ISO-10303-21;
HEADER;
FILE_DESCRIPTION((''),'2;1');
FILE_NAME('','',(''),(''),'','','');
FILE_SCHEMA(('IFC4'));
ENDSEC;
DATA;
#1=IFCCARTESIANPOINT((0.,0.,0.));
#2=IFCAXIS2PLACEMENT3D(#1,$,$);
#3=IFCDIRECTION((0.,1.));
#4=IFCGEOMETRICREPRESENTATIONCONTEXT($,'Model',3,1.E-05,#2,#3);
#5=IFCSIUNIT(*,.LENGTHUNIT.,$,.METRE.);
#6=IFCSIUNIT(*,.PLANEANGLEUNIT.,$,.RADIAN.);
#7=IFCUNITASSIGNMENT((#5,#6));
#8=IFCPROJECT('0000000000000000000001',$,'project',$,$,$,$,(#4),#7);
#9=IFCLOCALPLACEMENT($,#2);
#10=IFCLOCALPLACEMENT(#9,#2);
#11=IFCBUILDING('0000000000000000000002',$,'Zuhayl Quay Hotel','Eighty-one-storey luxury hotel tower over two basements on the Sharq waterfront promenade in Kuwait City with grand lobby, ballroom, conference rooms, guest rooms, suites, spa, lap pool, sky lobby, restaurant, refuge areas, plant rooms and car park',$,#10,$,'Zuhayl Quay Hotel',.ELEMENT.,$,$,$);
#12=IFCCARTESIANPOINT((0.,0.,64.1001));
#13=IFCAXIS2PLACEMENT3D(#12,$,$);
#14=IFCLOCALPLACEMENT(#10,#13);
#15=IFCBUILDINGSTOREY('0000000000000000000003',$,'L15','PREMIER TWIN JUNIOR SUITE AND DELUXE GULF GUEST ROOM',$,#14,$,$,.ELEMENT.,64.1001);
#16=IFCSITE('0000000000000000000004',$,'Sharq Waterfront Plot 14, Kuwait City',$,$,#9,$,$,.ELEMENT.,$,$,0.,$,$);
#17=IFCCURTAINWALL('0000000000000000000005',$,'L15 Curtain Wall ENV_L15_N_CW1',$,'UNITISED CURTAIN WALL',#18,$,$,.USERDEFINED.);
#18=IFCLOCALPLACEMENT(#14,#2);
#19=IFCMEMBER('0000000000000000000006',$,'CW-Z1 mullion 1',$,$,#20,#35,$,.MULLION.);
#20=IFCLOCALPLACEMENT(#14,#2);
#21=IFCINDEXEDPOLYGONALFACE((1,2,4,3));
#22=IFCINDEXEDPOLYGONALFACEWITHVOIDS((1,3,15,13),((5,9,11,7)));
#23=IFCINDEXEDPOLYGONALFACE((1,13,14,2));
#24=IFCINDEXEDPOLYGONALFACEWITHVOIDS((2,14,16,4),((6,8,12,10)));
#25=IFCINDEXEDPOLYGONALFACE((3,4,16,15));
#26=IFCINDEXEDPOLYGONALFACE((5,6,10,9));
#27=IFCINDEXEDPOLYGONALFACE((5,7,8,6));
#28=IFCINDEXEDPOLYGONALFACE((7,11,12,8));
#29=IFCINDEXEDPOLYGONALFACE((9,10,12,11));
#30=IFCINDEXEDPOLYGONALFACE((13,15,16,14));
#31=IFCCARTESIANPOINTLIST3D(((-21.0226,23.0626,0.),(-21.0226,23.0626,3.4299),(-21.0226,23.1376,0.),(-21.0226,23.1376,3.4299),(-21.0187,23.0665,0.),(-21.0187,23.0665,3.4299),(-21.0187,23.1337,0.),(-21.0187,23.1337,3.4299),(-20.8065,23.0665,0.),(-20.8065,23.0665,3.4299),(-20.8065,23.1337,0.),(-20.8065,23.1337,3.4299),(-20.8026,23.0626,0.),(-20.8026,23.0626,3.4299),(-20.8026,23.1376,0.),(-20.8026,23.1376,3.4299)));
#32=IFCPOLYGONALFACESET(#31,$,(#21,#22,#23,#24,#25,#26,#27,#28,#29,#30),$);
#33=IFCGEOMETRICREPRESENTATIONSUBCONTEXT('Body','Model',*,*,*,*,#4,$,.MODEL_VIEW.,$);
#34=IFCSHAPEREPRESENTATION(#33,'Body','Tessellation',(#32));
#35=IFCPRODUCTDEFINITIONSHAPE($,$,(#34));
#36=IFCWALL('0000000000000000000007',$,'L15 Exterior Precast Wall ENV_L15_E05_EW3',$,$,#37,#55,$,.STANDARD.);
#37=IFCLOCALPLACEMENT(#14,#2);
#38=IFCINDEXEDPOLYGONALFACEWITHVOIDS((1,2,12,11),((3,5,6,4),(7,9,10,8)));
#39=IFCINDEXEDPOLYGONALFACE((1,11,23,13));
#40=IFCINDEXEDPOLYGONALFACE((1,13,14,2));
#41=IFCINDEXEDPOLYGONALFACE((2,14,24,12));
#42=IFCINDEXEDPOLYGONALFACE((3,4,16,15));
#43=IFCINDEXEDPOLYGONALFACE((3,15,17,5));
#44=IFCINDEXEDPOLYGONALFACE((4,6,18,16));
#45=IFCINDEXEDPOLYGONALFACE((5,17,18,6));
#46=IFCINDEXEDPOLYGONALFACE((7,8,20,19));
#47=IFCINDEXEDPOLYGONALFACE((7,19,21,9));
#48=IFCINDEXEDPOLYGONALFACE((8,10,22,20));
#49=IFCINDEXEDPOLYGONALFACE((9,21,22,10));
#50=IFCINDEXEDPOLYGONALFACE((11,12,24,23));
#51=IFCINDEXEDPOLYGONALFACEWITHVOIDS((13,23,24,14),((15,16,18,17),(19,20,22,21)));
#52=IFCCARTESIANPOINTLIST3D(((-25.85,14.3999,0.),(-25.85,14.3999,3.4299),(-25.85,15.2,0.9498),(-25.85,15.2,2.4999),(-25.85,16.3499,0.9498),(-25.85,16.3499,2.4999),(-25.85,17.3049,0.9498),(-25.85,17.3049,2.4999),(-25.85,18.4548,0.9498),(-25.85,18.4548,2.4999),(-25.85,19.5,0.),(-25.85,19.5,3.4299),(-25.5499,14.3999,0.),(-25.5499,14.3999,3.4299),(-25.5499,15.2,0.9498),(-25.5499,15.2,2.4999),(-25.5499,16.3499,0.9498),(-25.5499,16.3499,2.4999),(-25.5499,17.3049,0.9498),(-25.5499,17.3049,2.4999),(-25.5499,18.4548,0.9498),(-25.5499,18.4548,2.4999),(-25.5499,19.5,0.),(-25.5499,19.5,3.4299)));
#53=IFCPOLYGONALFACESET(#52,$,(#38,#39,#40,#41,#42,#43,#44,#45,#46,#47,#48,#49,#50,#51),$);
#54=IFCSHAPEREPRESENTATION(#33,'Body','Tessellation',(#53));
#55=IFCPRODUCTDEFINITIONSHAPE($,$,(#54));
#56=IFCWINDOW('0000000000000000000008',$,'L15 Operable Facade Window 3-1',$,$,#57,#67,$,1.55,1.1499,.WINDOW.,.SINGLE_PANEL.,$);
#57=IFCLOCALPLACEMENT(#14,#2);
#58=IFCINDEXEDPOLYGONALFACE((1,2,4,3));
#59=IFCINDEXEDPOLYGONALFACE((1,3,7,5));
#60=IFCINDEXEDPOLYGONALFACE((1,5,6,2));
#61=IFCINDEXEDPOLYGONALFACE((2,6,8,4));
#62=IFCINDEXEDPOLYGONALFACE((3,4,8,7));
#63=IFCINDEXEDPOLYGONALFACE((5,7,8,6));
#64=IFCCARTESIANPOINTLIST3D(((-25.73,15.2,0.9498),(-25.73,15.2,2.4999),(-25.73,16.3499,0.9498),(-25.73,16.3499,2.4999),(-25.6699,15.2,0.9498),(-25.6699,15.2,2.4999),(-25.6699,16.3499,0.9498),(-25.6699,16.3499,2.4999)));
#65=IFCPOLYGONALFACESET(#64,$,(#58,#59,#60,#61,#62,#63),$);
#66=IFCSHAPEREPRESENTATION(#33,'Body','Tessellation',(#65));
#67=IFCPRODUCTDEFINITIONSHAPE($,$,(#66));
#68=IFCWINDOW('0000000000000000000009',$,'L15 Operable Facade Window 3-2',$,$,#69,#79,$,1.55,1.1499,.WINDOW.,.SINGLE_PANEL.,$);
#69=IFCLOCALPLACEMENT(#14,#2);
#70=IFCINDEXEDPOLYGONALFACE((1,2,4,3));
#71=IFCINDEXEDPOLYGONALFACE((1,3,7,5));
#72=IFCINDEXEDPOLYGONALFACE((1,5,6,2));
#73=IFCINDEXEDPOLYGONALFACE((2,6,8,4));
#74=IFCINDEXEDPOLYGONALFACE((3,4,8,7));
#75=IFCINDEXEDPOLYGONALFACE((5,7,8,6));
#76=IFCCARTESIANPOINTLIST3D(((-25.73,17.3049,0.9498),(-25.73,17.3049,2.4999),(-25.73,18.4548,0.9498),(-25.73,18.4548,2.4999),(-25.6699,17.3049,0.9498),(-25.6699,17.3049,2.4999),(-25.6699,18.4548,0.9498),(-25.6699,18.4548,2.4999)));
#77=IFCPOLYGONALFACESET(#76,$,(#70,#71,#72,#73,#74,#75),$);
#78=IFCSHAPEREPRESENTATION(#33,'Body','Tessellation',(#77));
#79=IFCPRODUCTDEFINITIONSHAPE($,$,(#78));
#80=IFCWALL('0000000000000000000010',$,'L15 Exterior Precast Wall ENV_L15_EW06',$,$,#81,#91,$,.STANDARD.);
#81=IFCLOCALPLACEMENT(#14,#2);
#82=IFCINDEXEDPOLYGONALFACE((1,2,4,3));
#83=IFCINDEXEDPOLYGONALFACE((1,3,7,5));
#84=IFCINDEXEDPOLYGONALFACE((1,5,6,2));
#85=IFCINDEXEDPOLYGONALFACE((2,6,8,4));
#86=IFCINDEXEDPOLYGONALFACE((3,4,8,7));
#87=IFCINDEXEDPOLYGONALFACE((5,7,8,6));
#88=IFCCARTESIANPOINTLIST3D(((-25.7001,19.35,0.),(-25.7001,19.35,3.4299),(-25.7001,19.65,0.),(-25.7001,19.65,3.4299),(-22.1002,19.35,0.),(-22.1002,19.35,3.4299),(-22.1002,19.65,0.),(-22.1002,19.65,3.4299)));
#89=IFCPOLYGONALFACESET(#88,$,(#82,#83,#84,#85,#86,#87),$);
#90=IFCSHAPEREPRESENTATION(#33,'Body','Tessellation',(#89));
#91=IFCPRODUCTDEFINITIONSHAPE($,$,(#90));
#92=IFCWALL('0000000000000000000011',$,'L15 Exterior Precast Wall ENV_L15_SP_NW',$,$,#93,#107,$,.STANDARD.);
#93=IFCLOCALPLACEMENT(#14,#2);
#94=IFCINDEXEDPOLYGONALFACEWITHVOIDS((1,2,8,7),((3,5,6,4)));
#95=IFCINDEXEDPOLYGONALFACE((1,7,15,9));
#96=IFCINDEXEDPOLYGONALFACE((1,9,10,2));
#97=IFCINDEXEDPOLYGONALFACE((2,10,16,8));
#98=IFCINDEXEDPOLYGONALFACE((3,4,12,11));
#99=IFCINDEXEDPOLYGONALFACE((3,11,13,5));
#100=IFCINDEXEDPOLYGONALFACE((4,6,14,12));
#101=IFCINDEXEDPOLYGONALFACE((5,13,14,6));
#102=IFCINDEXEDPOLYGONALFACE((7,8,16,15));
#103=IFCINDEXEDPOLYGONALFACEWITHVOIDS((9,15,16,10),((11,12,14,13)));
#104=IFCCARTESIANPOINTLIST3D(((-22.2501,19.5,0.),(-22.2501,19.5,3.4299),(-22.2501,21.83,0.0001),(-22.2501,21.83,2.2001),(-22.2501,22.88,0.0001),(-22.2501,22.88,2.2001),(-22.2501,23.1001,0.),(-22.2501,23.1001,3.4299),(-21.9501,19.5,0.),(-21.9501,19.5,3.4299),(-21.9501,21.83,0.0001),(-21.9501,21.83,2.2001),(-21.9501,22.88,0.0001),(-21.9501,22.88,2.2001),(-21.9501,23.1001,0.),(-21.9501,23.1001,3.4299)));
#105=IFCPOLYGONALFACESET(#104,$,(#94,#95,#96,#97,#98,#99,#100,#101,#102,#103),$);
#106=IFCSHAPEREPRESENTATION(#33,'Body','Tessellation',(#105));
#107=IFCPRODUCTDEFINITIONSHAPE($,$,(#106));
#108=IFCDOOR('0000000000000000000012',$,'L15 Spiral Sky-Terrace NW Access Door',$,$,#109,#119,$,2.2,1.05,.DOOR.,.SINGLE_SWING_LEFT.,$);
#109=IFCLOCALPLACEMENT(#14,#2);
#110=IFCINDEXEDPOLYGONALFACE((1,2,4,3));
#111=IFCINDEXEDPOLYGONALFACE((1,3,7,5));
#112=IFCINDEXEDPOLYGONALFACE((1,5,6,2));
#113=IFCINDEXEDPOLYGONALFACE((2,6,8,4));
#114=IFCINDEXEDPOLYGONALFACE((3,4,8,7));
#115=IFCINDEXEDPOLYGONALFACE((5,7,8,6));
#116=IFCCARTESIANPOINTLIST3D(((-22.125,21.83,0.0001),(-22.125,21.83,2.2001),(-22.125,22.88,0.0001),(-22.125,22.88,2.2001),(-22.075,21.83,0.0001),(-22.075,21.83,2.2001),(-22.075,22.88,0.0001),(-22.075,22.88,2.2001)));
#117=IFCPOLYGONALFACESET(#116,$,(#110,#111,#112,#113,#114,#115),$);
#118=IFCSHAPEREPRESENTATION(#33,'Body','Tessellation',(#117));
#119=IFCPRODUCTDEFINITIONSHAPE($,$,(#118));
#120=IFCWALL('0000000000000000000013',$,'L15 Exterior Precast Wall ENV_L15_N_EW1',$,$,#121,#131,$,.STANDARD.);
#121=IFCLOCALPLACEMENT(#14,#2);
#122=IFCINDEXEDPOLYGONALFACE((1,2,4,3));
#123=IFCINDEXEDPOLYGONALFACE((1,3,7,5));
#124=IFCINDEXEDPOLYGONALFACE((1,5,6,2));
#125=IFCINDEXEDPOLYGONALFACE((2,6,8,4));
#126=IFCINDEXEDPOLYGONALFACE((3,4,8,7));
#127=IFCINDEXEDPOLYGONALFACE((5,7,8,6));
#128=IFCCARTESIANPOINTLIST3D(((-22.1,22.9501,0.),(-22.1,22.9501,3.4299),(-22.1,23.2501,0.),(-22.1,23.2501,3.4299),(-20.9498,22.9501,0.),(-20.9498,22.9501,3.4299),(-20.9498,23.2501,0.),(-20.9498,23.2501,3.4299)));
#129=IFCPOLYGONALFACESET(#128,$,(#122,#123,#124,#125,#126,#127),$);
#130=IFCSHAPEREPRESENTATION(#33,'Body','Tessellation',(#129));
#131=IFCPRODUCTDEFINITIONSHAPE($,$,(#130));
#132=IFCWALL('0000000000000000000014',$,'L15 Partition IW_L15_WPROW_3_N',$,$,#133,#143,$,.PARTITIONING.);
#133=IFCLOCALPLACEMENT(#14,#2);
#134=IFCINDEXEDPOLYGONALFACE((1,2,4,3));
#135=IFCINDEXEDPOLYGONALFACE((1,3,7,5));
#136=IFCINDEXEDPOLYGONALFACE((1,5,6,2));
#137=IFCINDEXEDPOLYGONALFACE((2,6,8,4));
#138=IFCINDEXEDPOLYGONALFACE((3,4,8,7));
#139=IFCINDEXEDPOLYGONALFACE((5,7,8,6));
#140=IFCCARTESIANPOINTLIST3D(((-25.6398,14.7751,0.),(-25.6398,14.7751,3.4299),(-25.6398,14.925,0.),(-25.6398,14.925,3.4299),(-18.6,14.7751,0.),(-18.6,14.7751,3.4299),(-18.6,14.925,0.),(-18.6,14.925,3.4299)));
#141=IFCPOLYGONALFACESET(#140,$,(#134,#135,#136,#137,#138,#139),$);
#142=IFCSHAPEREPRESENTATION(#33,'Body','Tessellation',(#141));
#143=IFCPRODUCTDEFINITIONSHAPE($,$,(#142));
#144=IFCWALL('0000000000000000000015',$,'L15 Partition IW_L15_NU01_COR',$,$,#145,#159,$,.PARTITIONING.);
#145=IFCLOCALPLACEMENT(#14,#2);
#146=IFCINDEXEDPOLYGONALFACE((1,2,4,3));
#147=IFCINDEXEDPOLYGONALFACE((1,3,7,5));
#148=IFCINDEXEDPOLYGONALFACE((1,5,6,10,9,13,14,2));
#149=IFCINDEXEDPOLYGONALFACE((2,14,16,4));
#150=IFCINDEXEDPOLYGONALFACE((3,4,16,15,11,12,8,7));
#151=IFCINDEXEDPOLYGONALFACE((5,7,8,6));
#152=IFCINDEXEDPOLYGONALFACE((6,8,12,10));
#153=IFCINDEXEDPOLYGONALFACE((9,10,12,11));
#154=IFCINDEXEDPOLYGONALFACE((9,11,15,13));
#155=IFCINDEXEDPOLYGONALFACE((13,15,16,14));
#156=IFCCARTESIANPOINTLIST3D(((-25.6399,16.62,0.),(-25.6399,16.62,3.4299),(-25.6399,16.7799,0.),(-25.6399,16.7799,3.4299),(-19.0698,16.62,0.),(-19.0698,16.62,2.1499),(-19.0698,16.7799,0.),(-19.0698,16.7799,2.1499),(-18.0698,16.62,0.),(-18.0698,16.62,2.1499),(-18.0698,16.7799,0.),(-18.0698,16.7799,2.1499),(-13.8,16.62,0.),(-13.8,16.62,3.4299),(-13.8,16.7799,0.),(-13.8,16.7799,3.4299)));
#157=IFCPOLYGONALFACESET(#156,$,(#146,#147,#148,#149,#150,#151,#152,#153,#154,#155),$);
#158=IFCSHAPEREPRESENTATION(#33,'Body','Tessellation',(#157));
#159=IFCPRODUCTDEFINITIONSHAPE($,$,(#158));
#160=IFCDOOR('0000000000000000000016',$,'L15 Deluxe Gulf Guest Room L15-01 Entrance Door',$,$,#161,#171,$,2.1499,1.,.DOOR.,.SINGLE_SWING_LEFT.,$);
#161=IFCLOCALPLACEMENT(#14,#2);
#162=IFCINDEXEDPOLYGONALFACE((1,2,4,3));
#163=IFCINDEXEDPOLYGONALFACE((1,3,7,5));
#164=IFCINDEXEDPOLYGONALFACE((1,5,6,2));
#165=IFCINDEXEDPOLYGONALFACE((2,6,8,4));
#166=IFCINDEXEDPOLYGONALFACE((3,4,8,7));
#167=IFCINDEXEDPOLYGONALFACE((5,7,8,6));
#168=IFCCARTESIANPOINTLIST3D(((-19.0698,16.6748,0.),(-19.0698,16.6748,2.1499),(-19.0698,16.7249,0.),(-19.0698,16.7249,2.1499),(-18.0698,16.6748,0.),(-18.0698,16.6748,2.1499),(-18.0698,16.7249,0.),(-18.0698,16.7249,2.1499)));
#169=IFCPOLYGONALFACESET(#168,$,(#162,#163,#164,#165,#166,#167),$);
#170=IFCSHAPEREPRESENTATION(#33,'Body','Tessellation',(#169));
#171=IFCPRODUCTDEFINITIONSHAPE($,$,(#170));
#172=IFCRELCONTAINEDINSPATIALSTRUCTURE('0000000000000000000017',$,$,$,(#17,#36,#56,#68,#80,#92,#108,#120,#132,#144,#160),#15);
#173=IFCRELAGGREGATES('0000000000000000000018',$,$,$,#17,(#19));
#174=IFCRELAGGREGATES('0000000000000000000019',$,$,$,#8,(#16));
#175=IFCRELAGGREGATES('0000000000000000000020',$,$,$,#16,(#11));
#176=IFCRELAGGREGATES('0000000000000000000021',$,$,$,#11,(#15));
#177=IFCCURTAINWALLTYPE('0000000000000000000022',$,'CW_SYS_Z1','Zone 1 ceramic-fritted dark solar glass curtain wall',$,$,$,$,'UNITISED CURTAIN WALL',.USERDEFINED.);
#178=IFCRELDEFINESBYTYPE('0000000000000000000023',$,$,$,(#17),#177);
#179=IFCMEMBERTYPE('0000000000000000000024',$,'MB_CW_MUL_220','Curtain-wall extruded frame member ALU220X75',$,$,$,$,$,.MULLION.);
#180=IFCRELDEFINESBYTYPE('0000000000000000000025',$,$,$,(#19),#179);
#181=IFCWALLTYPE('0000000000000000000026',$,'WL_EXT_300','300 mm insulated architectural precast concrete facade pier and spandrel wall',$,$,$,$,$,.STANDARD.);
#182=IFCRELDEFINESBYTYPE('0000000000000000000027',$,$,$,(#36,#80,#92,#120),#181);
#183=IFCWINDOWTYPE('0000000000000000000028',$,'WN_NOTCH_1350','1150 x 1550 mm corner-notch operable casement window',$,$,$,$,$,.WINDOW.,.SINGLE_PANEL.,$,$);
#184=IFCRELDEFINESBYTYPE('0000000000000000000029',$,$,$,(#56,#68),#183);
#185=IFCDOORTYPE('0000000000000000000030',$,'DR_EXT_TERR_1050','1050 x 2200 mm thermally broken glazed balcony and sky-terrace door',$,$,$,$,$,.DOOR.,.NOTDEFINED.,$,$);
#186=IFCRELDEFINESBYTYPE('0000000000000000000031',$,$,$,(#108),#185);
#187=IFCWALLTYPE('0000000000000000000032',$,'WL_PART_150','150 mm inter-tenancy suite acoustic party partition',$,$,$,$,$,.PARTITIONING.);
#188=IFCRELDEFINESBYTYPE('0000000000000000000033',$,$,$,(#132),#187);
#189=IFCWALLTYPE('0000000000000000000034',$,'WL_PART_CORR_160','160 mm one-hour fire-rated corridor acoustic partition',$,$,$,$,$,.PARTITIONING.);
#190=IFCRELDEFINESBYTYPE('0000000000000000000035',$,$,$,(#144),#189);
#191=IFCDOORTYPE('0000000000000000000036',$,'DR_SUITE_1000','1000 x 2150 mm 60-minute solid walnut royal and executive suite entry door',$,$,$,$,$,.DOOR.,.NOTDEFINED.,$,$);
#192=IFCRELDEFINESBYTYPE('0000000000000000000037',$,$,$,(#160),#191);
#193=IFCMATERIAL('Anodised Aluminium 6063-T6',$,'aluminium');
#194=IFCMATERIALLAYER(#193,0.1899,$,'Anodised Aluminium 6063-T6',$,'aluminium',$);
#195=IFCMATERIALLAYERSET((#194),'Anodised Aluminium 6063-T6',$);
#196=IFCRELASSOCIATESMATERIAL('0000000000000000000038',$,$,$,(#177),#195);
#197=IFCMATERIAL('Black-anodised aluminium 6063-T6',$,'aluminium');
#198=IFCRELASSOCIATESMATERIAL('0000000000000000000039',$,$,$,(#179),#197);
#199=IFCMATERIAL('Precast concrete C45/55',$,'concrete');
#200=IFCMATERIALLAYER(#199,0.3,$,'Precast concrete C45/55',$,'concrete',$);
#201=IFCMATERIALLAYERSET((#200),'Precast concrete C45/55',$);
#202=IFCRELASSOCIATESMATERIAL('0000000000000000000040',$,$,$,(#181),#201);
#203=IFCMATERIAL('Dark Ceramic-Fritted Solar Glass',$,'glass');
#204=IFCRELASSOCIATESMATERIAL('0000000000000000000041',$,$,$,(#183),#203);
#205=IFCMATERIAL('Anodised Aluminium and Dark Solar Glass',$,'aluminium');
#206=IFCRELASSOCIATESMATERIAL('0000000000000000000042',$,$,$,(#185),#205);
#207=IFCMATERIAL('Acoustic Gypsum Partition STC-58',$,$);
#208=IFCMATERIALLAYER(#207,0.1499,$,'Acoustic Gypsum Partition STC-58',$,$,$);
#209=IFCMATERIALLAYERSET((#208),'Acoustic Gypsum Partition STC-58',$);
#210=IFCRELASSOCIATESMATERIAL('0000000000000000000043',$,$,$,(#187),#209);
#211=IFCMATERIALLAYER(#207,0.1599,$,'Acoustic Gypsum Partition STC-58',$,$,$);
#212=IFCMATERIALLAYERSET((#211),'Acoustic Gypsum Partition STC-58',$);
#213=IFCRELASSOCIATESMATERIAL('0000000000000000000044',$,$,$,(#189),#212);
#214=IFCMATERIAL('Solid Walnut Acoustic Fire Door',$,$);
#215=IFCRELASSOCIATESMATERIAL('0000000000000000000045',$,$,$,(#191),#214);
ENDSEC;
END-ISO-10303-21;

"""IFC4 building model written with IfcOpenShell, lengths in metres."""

from ifc_helpers import new_model, si_unit, direction, frame, frame_2d, origin, origin_2d, place, context, subcontext, project, spatial, rectangle, hollow_rectangle, extrude, material, layer, layer_set, material_profile, profile_set, type_object, element, fill, aggregate, save


model = new_model("IFC4")

# Units and contexts
model_context = context("Model", 3, precision=1e-05, world=origin(), true_north=direction((0.0, 1.0)))
body_context = subcontext(model_context, "Body", "Model", "MODEL_VIEW")
ifc_project = project(units=[si_unit("LENGTHUNIT", "METRE"), si_unit("PLANEANGLEUNIT", "RADIAN")], contexts=[model_context])

# Site, building, storey
site_placement = place(None, origin())
site = spatial("IfcSite", under=ifc_project, at=site_placement, Name="Sharq Waterfront Plot 14, Kuwait City", CompositionType="ELEMENT", RefElevation=0.0)
building_placement = place(site_placement, origin())
building = spatial("IfcBuilding", under=site, at=building_placement, Name="Zuhayl Quay Hotel", Description="Eighty-one-storey luxury hotel tower over two basements on the Sharq waterfront promenade in Kuwait City with grand lobby, ballroom, conference rooms, guest rooms, suites, spa, lap pool, sky lobby, restaurant, refuge areas, plant rooms and car park", LongName="Zuhayl Quay Hotel", CompositionType="ELEMENT")
storey_placement = place(building_placement, frame((0.0, 0.0, 64.1001)))
storey = spatial("IfcBuildingStorey", under=building, at=storey_placement, Name="L15", Description="PREMIER TWIN JUNIOR SUITE AND DELUXE GULF GUEST ROOM", CompositionType="ELEMENT", Elevation=64.1001)

# Curtain wall, member
ifc_material_1 = material(Name="Anodised Aluminium 6063-T6", Category="aluminium")
ifc_layer_1 = layer(ifc_material_1, 0.1899, Name="Anodised Aluminium 6063-T6", Category="aluminium")
ifc_layer_set_1 = layer_set([ifc_layer_1], Name="Anodised Aluminium 6063-T6")
curtain_wall_type = type_object("IfcCurtainWallType", Name="CW_SYS_Z1", Description="Zone 1 ceramic-fritted dark solar glass curtain wall", ElementType="UNITISED CURTAIN WALL", PredefinedType="USERDEFINED", material=ifc_layer_set_1)
curtain_wall_placement = place(storey_placement, origin())
curtain_wall = element("IfcCurtainWall", 1, at=curtain_wall_placement, inside=storey, type_object=curtain_wall_type, Name="L15 Curtain Wall ENV_L15_N_CW1", ObjectType="UNITISED CURTAIN WALL", PredefinedType="USERDEFINED")
ifc_material_2 = material(Name="Black-anodised aluminium 6063-T6", Category="aluminium")
ifc_material_profile = material_profile(ifc_material_2, hollow_rectangle(XDim=0.075, YDim=0.22, WallThickness=0.0039, at=origin_2d()), Name="ALU220X75")
ifc_profile_set = profile_set([ifc_material_profile], Name="Black-anodised aluminium 6063-T6")
member_type = type_object("IfcMemberType", Name="MB_CW_MUL_220", Description="Curtain-wall extruded frame member ALU220X75", PredefinedType="MULLION", material=ifc_profile_set)
member_placement = place(storey_placement, frame((-20.9126, 23.1001, 0.0), z_axis=(0.0, 0.0, 1.0), x_axis=(0.0, 1.0, 0.0)))
member = element("IfcMember", 2, at=member_placement, type_object=member_type, Name="CW-Z1 mullion 1", PredefinedType="MULLION", context=body_context, shape_type="SweptSolid", body=[
    extrude(hollow_rectangle(XDim=0.075, YDim=0.22, WallThickness=0.0039, at=origin_2d()), origin(), (0.0, 0.0, 1.0), 3.4299),
])
aggregate(curtain_wall, [member])

# Wall, openings, windows
ifc_material_3 = material(Name="Precast concrete C45/55", Category="concrete")
ifc_layer_2 = layer(ifc_material_3, 0.3, Name="Precast concrete C45/55", Category="concrete")
ifc_layer_set_2 = layer_set([ifc_layer_2], Name="Precast concrete C45/55")
wall_type_1 = type_object("IfcWallType", Name="WL_EXT_300", Description="300 mm insulated architectural precast concrete facade pier and spandrel wall", PredefinedType="STANDARD", material=ifc_layer_set_2)
wall_1_placement = place(storey_placement, frame((-25.7, 14.3999, 0.0), z_axis=(0.0, 0.0, 1.0), x_axis=(0.0, 1.0, 0.0)))
wall_1 = element("IfcWall", 3, at=wall_1_placement, inside=storey, type_object=wall_type_1, Name="L15 Exterior Precast Wall ENV_L15_E05_EW3", PredefinedType="STANDARD", context=body_context, shape_type="SweptSolid", body=[
    extrude(rectangle(XDim=5.1001, YDim=0.3, at=frame_2d((2.55, 0.0))), origin(), (0.0, 0.0, 1.0), 3.4299),
])
opening_1_placement = place(wall_1_placement, frame((0.8, 0.0, 0.95)))
opening_1 = element("IfcOpeningElement", 4, at=opening_1_placement, cuts=wall_1, PredefinedType="OPENING", context=body_context, shape_type="SweptSolid", body=[
    extrude(rectangle(XDim=1.1499, YDim=1.55, at=frame_2d((0.575, 0.7749))), frame((0.0, 0.1599, 0.0), z_axis=(0.0, -1.0, 0.0), x_axis=(1.0, 0.0, 0.0)), (0.0, 0.0, 1.0), 0.3201),
])
opening_2_placement = place(wall_1_placement, frame((2.905, 0.0, 0.95)))
opening_2 = element("IfcOpeningElement", 5, at=opening_2_placement, cuts=wall_1, PredefinedType="OPENING", context=body_context, shape_type="SweptSolid", body=[
    extrude(rectangle(XDim=1.1499, YDim=1.55, at=frame_2d((0.575, 0.7749))), frame((0.0, 0.1599, 0.0), z_axis=(0.0, -1.0, 0.0), x_axis=(1.0, 0.0, 0.0)), (0.0, 0.0, 1.0), 0.3201),
])
ifc_material_4 = material(Name="Dark Ceramic-Fritted Solar Glass", Category="glass")
window_type = type_object("IfcWindowType", Name="WN_NOTCH_1350", Description="1150 x 1550 mm corner-notch operable casement window", PartitioningType="SINGLE_PANEL", PredefinedType="WINDOW", material=ifc_material_4)
window_1_placement = place(opening_1_placement, origin())
window_1 = element("IfcWindow", 6, at=window_1_placement, inside=storey, type_object=window_type, Name="L15 Operable Facade Window 3-1", OverallHeight=1.55, OverallWidth=1.1499, PartitioningType="SINGLE_PANEL", PredefinedType="WINDOW", context=body_context, shape_type="SweptSolid", body=[
    extrude(rectangle(XDim=1.1499, YDim=1.55, at=frame_2d((0.575, 0.7749))), frame((0.0, 0.03, 0.0), z_axis=(0.0, -1.0, 0.0), x_axis=(1.0, 0.0, 0.0)), (0.0, 0.0, 1.0), 0.0601),
])
fill(opening_1, window_1)
window_2_placement = place(opening_2_placement, origin())
window_2 = element("IfcWindow", 7, at=window_2_placement, inside=storey, type_object=window_type, Name="L15 Operable Facade Window 3-2", OverallHeight=1.55, OverallWidth=1.1499, PartitioningType="SINGLE_PANEL", PredefinedType="WINDOW", context=body_context, shape_type="SweptSolid", body=[
    extrude(rectangle(XDim=1.1499, YDim=1.55, at=frame_2d((0.575, 0.7749))), frame((0.0, 0.03, 0.0), z_axis=(0.0, -1.0, 0.0), x_axis=(1.0, 0.0, 0.0)), (0.0, 0.0, 1.0), 0.0601),
])
fill(opening_2, window_2)

# Wall
wall_2_placement = place(storey_placement, frame((-25.7, 19.5, 0.0), z_axis=(0.0, 0.0, 1.0), x_axis=(1.0, 0.0, 0.0)))
element("IfcWall", 8, at=wall_2_placement, inside=storey, type_object=wall_type_1, Name="L15 Exterior Precast Wall ENV_L15_EW06", PredefinedType="STANDARD", context=body_context, shape_type="SweptSolid", body=[
    extrude(rectangle(XDim=3.5999, YDim=0.3, at=frame_2d((1.7998, 0.0))), origin(), (0.0, 0.0, 1.0), 3.4299),
])

# Wall, opening, door
wall_3_placement = place(storey_placement, frame((-22.1001, 19.5, 0.0), z_axis=(0.0, 0.0, 1.0), x_axis=(0.0, 1.0, 0.0)))
wall_3 = element("IfcWall", 9, at=wall_3_placement, inside=storey, type_object=wall_type_1, Name="L15 Exterior Precast Wall ENV_L15_SP_NW", PredefinedType="STANDARD", context=body_context, shape_type="SweptSolid", body=[
    extrude(rectangle(XDim=3.6001, YDim=0.3, at=frame_2d((1.8, 0.0))), origin(), (0.0, 0.0, 1.0), 3.4299),
])
opening_3_placement = place(wall_3_placement, frame((2.3301, 0.0, 0.0)))
opening_3 = element("IfcOpeningElement", 10, at=opening_3_placement, cuts=wall_3, PredefinedType="OPENING", context=body_context, shape_type="SweptSolid", body=[
    extrude(rectangle(XDim=1.05, YDim=2.2, at=frame_2d((0.5249, 1.1001))), frame((0.0, 0.1599, 0.0), z_axis=(0.0, -1.0, 0.0), x_axis=(1.0, 0.0, 0.0)), (0.0, 0.0, 1.0), 0.3201),
])
ifc_material_5 = material(Name="Anodised Aluminium and Dark Solar Glass", Category="aluminium")
door_type_1 = type_object("IfcDoorType", Name="DR_EXT_TERR_1050", Description="1050 x 2200 mm thermally broken glazed balcony and sky-terrace door", OperationType="NOTDEFINED", PredefinedType="DOOR", material=ifc_material_5)
door_1_placement = place(opening_3_placement, origin())
door_1 = element("IfcDoor", 11, at=door_1_placement, inside=storey, type_object=door_type_1, Name="L15 Spiral Sky-Terrace NW Access Door", OperationType="SINGLE_SWING_LEFT", OverallHeight=2.2, OverallWidth=1.05, PredefinedType="DOOR", context=body_context, shape_type="SweptSolid", body=[
    extrude(rectangle(XDim=1.05, YDim=2.2, at=frame_2d((0.5249, 1.1001))), frame((0.0, 0.0249, 0.0), z_axis=(0.0, -1.0, 0.0), x_axis=(1.0, 0.0, 0.0)), (0.0, 0.0, 1.0), 0.05),
])
fill(opening_3, door_1)

# Walls
wall_4_placement = place(storey_placement, frame((-22.1001, 23.1001, 0.0), z_axis=(0.0, 0.0, 1.0), x_axis=(1.0, 0.0, 0.0)))
element("IfcWall", 12, at=wall_4_placement, inside=storey, type_object=wall_type_1, Name="L15 Exterior Precast Wall ENV_L15_N_EW1", PredefinedType="STANDARD", context=body_context, shape_type="SweptSolid", body=[
    extrude(rectangle(XDim=1.1501, YDim=0.3, at=frame_2d((0.5752, 0.0))), origin(), (0.0, 0.0, 1.0), 3.4299),
])
ifc_material_6 = material(Name="Acoustic Gypsum Partition STC-58")
ifc_layer_3 = layer(ifc_material_6, 0.1499, Name="Acoustic Gypsum Partition STC-58")
ifc_layer_set_3 = layer_set([ifc_layer_3], Name="Acoustic Gypsum Partition STC-58")
wall_type_2 = type_object("IfcWallType", Name="WL_PART_150", Description="150 mm inter-tenancy suite acoustic party partition", PredefinedType="PARTITIONING", material=ifc_layer_set_3)
wall_5_placement = place(storey_placement, frame((-25.6399, 14.8501, 0.0), z_axis=(0.0, 0.0, 1.0), x_axis=(1.0, 0.0, 0.0)))
element("IfcWall", 13, at=wall_5_placement, inside=storey, type_object=wall_type_2, Name="L15 Partition IW_L15_WPROW_3_N", PredefinedType="PARTITIONING", context=body_context, shape_type="SweptSolid", body=[
    extrude(rectangle(XDim=7.0398, YDim=0.1499, at=frame_2d((3.52, 0.0))), origin(), (0.0, 0.0, 1.0), 3.4299),
])

# Wall, opening, door
ifc_layer_4 = layer(ifc_material_6, 0.1599, Name="Acoustic Gypsum Partition STC-58")
ifc_layer_set_4 = layer_set([ifc_layer_4], Name="Acoustic Gypsum Partition STC-58")
wall_type_3 = type_object("IfcWallType", Name="WL_PART_CORR_160", Description="160 mm one-hour fire-rated corridor acoustic partition", PredefinedType="PARTITIONING", material=ifc_layer_set_4)
wall_6_placement = place(storey_placement, frame((-25.6399, 16.7, 0.0), z_axis=(0.0, 0.0, 1.0), x_axis=(1.0, 0.0, 0.0)))
wall_6 = element("IfcWall", 14, at=wall_6_placement, inside=storey, type_object=wall_type_3, Name="L15 Partition IW_L15_NU01_COR", PredefinedType="PARTITIONING", context=body_context, shape_type="SweptSolid", body=[
    extrude(rectangle(XDim=11.8398, YDim=0.1599, at=frame_2d((5.9199, 0.0))), origin(), (0.0, 0.0, 1.0), 3.4299),
])
opening_4_placement = place(wall_6_placement, frame((6.5701, 0.0, 0.0)))
opening_4 = element("IfcOpeningElement", 15, at=opening_4_placement, cuts=wall_6, PredefinedType="OPENING", context=body_context, shape_type="SweptSolid", body=[
    extrude(rectangle(XDim=1.0, YDim=2.1499, at=frame_2d((0.5, 1.075))), frame((0.0, 0.0898, 0.0), z_axis=(0.0, -1.0, 0.0), x_axis=(1.0, 0.0, 0.0)), (0.0, 0.0, 1.0), 0.1799),
])
ifc_material_7 = material(Name="Solid Walnut Acoustic Fire Door")
door_type_2 = type_object("IfcDoorType", Name="DR_SUITE_1000", Description="1000 x 2150 mm 60-minute solid walnut royal and executive suite entry door", OperationType="NOTDEFINED", PredefinedType="DOOR", material=ifc_material_7)
door_2_placement = place(opening_4_placement, origin())
door_2 = element("IfcDoor", 16, at=door_2_placement, inside=storey, type_object=door_type_2, Name="L15 Deluxe Gulf Guest Room L15-01 Entrance Door", OperationType="SINGLE_SWING_LEFT", OverallHeight=2.1499, OverallWidth=1.0, PredefinedType="DOOR", context=body_context, shape_type="SweptSolid", body=[
    extrude(rectangle(XDim=1.0, YDim=2.1499, at=frame_2d((0.5, 1.075))), frame((0.0, 0.0249, 0.0), z_axis=(0.0, -1.0, 0.0), x_axis=(1.0, 0.0, 0.0)), (0.0, 0.0, 1.0), 0.05),
])
fill(opening_4, door_2)

save(model, "model.ifc")
